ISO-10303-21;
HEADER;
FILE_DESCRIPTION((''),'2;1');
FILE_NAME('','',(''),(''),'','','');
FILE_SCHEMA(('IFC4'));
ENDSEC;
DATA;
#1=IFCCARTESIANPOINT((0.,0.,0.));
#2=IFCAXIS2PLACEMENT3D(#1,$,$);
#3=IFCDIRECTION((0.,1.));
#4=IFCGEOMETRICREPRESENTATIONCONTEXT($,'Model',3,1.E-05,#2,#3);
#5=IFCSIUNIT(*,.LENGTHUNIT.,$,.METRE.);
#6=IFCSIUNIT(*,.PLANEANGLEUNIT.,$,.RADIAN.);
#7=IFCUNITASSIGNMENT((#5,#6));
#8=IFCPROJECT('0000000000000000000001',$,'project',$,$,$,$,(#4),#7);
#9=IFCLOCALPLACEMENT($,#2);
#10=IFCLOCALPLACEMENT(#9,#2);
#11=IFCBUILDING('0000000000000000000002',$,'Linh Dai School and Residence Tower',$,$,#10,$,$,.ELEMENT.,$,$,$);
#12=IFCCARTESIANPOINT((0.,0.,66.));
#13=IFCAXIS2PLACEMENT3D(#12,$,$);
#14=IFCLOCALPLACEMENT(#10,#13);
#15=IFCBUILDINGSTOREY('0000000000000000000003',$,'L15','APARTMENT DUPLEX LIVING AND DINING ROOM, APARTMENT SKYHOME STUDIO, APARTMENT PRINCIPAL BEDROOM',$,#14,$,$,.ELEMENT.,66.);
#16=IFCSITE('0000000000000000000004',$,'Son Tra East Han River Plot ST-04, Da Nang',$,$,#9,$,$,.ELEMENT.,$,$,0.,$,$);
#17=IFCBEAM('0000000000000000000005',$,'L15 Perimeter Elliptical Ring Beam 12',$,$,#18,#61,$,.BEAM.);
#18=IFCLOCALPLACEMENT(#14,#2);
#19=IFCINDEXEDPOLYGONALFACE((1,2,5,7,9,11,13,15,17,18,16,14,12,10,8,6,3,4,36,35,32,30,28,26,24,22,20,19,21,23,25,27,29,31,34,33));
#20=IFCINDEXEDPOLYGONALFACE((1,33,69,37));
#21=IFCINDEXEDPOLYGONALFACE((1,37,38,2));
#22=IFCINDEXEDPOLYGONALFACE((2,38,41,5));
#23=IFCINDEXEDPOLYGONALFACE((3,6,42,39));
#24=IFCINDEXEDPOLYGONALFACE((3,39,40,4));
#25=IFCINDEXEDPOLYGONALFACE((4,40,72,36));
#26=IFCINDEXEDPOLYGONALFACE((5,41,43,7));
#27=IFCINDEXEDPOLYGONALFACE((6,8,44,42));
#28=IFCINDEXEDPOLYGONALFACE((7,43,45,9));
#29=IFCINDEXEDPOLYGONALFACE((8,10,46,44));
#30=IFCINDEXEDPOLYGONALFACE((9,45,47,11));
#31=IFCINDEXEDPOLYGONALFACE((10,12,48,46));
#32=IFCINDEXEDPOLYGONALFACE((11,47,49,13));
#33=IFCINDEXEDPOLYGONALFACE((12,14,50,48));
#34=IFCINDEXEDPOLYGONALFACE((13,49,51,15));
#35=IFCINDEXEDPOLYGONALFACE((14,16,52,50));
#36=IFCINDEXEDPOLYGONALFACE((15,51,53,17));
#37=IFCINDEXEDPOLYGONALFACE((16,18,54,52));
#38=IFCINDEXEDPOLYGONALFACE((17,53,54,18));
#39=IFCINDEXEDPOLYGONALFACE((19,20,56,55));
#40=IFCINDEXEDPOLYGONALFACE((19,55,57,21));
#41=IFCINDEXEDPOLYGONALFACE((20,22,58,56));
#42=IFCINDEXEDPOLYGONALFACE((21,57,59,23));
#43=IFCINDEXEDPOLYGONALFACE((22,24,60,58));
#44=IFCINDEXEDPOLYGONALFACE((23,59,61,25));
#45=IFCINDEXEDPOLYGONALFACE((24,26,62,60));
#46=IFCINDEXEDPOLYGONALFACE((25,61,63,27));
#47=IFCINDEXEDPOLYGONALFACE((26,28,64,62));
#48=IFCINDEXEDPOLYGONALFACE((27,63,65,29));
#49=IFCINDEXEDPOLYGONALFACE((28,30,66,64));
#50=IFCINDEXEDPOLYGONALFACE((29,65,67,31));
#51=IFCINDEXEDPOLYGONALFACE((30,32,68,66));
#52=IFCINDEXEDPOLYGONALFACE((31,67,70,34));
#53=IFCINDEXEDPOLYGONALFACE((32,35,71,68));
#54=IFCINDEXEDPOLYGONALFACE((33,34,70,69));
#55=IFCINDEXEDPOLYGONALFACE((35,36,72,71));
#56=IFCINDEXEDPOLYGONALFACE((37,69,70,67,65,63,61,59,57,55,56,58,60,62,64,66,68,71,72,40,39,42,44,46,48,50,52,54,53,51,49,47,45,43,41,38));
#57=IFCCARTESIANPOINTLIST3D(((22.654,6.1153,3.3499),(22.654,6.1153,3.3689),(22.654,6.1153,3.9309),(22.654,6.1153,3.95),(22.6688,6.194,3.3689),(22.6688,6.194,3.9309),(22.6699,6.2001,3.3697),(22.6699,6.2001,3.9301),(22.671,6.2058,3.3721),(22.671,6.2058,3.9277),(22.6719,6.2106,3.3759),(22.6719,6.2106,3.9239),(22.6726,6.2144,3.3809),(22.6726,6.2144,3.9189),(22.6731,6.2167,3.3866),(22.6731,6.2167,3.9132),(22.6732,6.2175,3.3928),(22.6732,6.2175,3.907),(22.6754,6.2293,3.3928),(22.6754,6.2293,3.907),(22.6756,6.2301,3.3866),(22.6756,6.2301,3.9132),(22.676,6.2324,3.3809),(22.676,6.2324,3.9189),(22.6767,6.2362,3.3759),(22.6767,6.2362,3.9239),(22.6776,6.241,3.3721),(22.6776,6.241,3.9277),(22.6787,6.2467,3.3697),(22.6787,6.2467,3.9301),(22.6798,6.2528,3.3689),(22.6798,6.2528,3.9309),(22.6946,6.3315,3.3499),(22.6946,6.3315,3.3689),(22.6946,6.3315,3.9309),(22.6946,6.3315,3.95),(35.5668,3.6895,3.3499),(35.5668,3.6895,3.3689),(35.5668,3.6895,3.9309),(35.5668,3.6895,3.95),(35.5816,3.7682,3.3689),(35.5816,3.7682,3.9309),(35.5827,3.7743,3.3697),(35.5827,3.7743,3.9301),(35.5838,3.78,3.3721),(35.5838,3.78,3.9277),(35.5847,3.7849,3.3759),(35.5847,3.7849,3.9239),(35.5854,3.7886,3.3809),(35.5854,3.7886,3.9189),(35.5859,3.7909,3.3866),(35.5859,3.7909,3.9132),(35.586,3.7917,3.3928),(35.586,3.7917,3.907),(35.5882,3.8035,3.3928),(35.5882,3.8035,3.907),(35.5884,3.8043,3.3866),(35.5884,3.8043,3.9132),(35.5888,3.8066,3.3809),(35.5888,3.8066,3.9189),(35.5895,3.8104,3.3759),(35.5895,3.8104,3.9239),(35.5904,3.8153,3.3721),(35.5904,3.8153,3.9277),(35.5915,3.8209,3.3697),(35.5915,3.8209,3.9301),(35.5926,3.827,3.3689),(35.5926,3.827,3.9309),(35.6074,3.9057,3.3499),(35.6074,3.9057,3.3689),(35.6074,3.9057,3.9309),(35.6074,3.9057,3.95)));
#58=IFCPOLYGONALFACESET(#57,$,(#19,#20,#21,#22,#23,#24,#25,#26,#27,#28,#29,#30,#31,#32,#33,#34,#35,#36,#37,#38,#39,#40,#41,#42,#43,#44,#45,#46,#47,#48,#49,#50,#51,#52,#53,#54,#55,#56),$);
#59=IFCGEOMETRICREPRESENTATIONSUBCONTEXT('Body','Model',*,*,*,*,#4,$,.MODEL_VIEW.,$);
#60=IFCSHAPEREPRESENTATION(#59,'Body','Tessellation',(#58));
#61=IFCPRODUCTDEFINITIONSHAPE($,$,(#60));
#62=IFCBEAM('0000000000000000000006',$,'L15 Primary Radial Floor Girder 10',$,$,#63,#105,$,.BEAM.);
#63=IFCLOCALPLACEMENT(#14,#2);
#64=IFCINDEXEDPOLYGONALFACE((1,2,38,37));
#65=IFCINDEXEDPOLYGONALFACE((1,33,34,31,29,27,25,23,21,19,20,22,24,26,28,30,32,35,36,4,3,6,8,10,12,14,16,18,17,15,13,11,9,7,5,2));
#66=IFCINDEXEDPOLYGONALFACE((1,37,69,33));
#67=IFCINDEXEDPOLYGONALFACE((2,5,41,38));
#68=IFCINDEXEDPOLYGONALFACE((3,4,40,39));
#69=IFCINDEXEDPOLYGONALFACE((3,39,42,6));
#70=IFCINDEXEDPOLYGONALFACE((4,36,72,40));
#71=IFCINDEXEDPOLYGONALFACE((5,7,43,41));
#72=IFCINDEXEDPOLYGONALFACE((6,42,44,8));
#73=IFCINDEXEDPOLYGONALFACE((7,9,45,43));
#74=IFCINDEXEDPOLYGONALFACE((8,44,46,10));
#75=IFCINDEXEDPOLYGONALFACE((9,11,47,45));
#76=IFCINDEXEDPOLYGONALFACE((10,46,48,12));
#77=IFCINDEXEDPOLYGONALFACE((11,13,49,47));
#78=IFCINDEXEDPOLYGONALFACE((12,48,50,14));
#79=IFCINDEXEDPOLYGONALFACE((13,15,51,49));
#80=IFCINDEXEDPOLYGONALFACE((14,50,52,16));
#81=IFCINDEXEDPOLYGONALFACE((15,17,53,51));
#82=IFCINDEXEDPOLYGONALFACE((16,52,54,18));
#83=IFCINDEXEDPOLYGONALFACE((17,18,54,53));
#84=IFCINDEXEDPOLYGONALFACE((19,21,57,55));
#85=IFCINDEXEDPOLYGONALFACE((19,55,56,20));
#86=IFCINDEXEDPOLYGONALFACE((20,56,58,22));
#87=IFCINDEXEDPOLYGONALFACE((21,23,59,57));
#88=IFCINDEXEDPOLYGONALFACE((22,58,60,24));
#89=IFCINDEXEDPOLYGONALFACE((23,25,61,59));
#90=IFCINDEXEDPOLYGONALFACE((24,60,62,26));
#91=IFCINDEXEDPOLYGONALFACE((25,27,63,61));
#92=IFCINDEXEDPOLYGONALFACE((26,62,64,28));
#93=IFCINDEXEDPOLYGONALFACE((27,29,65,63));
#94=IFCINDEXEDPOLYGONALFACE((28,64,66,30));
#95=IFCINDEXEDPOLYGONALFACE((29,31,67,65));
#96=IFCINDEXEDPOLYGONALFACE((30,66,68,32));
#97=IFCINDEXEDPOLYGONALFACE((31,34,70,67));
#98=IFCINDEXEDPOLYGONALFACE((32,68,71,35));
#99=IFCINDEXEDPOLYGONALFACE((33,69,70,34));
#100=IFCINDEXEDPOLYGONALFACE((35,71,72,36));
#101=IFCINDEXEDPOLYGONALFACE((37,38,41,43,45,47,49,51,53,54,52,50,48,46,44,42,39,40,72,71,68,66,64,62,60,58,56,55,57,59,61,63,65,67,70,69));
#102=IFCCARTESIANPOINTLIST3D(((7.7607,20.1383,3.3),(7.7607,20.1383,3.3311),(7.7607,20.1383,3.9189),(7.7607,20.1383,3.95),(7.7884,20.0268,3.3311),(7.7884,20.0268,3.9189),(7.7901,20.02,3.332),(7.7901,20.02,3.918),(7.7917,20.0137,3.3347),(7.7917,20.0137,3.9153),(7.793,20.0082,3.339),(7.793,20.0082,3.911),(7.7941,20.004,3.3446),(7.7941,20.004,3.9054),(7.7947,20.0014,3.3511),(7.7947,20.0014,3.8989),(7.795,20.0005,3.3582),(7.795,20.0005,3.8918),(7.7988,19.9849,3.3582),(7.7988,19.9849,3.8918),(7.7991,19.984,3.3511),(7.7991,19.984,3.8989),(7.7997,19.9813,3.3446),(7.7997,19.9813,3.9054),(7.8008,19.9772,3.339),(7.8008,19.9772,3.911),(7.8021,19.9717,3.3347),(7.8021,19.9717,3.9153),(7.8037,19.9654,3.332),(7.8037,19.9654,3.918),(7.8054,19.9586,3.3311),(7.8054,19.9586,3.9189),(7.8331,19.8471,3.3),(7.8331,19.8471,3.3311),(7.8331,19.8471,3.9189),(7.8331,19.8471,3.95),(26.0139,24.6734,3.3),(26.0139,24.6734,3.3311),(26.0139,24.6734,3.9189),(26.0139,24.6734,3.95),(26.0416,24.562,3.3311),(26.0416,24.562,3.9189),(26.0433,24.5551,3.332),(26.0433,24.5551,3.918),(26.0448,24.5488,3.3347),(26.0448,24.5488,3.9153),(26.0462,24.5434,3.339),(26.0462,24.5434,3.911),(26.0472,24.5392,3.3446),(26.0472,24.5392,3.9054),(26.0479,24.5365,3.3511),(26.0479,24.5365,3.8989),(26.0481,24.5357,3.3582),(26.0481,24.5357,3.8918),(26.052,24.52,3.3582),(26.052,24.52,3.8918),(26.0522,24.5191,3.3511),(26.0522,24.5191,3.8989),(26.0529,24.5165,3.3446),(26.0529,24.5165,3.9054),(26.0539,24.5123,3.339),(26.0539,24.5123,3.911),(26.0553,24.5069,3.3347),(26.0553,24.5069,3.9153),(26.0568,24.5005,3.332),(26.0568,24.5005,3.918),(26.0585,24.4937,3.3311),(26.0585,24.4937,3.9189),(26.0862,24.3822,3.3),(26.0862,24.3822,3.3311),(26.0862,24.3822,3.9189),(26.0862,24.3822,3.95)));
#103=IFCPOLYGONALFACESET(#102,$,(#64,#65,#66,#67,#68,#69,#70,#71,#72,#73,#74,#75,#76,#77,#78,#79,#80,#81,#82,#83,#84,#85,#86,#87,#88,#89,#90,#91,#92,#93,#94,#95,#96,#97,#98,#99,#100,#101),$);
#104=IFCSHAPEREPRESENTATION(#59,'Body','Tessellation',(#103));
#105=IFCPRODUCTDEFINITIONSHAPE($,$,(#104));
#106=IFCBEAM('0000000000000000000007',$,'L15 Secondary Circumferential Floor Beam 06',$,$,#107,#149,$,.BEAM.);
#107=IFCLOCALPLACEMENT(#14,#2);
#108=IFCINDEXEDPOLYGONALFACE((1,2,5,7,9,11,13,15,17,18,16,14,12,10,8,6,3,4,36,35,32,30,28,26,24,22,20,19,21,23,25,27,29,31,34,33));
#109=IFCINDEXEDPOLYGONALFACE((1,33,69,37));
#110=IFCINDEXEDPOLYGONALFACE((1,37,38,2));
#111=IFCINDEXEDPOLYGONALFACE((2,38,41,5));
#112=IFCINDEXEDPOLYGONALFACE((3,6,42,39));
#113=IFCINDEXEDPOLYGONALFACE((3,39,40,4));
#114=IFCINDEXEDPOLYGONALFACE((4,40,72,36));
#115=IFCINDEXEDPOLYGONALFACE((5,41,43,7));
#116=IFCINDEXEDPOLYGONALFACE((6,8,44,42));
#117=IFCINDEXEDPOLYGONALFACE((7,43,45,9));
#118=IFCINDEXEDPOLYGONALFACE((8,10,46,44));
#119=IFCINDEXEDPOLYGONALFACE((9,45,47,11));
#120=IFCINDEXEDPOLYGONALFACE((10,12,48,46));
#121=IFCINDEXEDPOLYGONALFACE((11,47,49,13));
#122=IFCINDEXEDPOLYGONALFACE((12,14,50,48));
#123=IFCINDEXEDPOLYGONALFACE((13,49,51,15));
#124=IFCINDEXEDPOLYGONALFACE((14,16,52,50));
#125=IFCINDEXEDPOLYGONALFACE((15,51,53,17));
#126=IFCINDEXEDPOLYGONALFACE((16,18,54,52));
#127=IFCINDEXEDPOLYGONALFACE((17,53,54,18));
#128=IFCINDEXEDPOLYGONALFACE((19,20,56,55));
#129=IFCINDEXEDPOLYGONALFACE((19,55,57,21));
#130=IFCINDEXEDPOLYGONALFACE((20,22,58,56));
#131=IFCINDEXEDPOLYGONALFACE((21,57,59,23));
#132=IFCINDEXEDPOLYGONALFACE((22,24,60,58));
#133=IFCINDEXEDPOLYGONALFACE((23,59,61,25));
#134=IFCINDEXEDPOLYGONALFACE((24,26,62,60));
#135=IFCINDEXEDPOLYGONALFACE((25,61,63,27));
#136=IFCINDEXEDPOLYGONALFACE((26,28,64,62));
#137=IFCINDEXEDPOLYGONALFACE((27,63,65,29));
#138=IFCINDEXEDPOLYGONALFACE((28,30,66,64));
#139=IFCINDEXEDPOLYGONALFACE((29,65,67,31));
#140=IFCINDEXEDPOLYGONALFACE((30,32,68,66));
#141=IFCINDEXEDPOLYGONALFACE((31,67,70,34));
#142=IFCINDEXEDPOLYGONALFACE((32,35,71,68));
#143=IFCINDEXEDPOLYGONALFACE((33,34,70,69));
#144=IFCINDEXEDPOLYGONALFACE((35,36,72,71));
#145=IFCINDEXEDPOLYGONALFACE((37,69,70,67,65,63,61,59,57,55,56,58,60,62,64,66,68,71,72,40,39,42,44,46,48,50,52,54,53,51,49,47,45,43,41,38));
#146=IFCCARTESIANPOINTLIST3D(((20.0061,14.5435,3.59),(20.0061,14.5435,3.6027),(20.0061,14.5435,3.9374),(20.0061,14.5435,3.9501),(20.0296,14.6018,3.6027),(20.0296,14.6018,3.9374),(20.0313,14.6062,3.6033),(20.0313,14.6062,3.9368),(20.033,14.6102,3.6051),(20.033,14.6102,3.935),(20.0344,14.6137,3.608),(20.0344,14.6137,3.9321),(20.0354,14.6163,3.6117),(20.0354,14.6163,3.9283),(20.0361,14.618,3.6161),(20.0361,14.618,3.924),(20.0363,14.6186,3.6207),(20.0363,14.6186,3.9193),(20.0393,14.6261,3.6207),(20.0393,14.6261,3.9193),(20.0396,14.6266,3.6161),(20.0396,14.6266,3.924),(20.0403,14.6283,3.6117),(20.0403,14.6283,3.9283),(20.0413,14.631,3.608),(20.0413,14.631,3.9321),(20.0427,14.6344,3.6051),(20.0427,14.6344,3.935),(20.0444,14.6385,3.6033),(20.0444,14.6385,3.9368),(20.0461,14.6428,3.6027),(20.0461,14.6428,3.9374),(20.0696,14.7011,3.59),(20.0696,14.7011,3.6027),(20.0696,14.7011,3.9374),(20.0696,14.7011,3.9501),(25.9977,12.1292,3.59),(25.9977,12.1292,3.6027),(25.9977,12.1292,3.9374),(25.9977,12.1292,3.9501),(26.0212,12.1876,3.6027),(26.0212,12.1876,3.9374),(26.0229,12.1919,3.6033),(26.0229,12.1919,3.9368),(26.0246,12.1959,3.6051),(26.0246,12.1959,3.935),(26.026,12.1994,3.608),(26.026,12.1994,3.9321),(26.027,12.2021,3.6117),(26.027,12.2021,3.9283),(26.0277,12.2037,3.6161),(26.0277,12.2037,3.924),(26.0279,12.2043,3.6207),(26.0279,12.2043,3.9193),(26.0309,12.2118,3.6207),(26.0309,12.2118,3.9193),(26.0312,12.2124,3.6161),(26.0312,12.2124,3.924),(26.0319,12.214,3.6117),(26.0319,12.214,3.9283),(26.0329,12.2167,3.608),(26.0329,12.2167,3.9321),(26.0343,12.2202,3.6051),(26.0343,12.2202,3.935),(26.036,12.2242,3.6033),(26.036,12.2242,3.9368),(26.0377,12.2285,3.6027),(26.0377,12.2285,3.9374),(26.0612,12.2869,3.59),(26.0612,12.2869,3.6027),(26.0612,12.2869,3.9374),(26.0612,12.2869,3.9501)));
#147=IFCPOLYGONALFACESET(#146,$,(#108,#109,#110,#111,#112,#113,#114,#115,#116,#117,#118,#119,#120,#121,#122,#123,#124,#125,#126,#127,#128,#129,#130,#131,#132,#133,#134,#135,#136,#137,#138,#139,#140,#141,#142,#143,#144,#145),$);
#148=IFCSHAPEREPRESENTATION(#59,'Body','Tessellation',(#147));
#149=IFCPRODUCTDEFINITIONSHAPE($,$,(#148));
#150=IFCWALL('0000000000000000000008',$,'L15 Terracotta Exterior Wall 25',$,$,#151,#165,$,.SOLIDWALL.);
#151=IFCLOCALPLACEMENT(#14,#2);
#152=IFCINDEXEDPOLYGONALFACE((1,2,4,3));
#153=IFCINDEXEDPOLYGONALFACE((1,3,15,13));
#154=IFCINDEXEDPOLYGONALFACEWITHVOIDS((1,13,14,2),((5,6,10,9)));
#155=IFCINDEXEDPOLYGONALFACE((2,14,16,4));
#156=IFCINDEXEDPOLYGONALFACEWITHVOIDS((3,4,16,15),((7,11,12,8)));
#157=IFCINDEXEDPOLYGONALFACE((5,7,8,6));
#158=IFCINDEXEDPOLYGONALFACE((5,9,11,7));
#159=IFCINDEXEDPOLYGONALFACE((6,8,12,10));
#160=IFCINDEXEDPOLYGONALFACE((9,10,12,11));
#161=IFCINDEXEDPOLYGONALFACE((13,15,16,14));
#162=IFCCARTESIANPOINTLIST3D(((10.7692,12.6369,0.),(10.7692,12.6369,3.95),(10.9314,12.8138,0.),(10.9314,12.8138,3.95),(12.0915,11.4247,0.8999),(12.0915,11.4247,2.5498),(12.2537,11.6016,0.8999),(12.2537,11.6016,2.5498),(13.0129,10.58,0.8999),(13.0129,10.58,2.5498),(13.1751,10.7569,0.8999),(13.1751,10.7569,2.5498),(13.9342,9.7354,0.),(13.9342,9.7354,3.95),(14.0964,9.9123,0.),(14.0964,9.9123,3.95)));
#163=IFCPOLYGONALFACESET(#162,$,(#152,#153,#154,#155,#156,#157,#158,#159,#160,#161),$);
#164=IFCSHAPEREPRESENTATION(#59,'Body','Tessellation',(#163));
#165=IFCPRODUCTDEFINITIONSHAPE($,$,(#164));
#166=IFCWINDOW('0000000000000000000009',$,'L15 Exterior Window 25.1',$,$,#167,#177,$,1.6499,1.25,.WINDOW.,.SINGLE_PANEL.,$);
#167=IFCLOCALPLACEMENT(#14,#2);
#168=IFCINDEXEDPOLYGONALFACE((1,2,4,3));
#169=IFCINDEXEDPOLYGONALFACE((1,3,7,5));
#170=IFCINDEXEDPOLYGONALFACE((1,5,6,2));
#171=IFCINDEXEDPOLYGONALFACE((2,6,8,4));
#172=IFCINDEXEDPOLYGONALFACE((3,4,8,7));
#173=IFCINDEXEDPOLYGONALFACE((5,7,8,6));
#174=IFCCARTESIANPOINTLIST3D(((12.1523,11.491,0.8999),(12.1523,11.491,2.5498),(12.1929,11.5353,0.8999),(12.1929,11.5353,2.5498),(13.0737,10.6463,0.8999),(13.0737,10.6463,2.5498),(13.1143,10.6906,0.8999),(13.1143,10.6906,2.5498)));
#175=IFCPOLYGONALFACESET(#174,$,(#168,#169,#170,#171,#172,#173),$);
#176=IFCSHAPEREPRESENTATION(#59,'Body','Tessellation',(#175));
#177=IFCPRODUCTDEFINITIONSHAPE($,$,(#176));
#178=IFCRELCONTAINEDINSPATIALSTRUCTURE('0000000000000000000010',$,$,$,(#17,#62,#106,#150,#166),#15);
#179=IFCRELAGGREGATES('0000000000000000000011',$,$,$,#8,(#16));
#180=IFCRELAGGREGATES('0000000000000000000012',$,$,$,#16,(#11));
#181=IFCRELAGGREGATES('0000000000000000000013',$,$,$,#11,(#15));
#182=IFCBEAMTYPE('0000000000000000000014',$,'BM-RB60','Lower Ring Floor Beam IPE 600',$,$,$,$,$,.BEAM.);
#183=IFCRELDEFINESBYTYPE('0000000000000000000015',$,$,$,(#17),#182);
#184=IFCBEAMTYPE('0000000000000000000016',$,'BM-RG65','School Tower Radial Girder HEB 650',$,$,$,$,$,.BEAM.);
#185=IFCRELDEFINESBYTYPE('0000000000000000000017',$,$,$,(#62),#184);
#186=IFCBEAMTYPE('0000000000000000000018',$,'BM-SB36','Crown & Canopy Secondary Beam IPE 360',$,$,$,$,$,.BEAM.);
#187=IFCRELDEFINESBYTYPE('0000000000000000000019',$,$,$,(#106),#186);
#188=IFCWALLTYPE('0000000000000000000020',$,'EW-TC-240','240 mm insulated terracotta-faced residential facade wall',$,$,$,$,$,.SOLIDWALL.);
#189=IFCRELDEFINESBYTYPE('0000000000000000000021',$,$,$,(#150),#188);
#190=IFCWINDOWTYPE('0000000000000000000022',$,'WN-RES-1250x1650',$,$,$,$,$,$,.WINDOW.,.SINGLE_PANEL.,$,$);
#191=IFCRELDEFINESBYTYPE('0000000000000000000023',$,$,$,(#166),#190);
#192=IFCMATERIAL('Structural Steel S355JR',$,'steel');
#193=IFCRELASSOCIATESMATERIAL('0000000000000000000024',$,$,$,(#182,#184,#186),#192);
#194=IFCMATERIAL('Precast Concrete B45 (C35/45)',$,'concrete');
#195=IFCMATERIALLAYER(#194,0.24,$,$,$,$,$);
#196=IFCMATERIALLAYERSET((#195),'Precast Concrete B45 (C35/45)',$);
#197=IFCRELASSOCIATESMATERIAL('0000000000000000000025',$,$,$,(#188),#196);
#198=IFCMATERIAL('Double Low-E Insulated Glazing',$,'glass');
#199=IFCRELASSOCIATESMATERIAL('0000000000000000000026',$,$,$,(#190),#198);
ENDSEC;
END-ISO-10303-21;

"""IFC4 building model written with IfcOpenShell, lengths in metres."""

from ifc_helpers import new_model, si_unit, direction, frame, frame_2d, origin, origin_2d, place, context, subcontext, project, spatial, rectangle, i_section, extrude, source, transform, mapped, material, layer, layer_set, material_profile, profile_set, type_object, element, fill, save


model = new_model("IFC4")

# Units and contexts
model_context = context("Model", 3, precision=1e-05, world=origin(), true_north=direction((0.0, 1.0)))
body_context = subcontext(model_context, "Body", "Model", "MODEL_VIEW")
ifc_project = project(units=[si_unit("LENGTHUNIT", "METRE"), si_unit("PLANEANGLEUNIT", "RADIAN")], contexts=[model_context])

# Site, building, storey
site_placement = place(None, origin())
site = spatial("IfcSite", under=ifc_project, at=site_placement, Name="Son Tra East Han River Plot ST-04, Da Nang", CompositionType="ELEMENT", RefElevation=0.0)
building_placement = place(site_placement, origin())
building = spatial("IfcBuilding", under=site, at=building_placement, Name="Linh Dai School and Residence Tower", CompositionType="ELEMENT")
storey_placement = place(building_placement, frame((0.0, 0.0, 66.0)))
storey = spatial("IfcBuildingStorey", under=building, at=storey_placement, Name="L15", Description="APARTMENT DUPLEX LIVING AND DINING ROOM, APARTMENT SKYHOME STUDIO, APARTMENT PRINCIPAL BEDROOM", CompositionType="ELEMENT", Elevation=66.0)

# Shared definitions
ifc_material_1 = material(Name="Structural Steel S355JR", Category="steel")

# Beams
ifc_material_profile_1 = material_profile(ifc_material_1, i_section(OverallWidth=0.22, OverallDepth=0.6001, WebThickness=0.012, FlangeThickness=0.019, FilletRadius=0.0239, at=origin_2d()), Name="IPE 600")
ifc_profile_set_1 = profile_set([ifc_material_profile_1], Name="Structural Steel S355JR")
beam_type_1 = type_object("IfcBeamType", Name="BM-RB60", Description="Lower Ring Floor Beam IPE 600", PredefinedType="BEAM", material=ifc_profile_set_1)
beam_1_placement = place(storey_placement, frame((22.6743, 6.2234, 3.6499), z_axis=(0.982808, -0.184628, 0.0), x_axis=(0.184628, 0.982808, 0.0)))
element("IfcBeam", 1, at=beam_1_placement, inside=storey, type_object=beam_type_1, Name="L15 Perimeter Elliptical Ring Beam 12", PredefinedType="BEAM", context=body_context, shape_type="SweptSolid", body=[
    extrude(i_section(OverallWidth=0.22, OverallDepth=0.6001, WebThickness=0.012, FlangeThickness=0.019, FilletRadius=0.0239, at=origin_2d()), origin(), (0.0, 0.0, 1.0), 13.1387),
])
ifc_material_profile_2 = material_profile(ifc_material_1, i_section(OverallWidth=0.3, OverallDepth=0.6499, WebThickness=0.0161, FlangeThickness=0.031, FilletRadius=0.0271, at=origin_2d()), Name="HEB 650")
ifc_profile_set_2 = profile_set([ifc_material_profile_2], Name="Structural Steel S355JR")
beam_type_2 = type_object("IfcBeamType", Name="BM-RG65", Description="School Tower Radial Girder HEB 650", PredefinedType="BEAM", material=ifc_profile_set_2)
beam_2_placement = place(storey_placement, frame((26.05, 24.5278, 3.625), z_axis=(-0.970493, -0.241127, 0.0), x_axis=(0.241127, -0.970493, 0.0)))
element("IfcBeam", 2, at=beam_2_placement, inside=storey, type_object=beam_type_2, Name="L15 Primary Radial Floor Girder 10", PredefinedType="BEAM", context=body_context, shape_type="SweptSolid", body=[
    extrude(i_section(OverallWidth=0.3, OverallDepth=0.6499, WebThickness=0.0161, FlangeThickness=0.031, FilletRadius=0.0271, at=origin_2d()), origin(), (0.0, 0.0, 1.0), 18.8081),
])
ifc_material_profile_3 = material_profile(ifc_material_1, i_section(OverallWidth=0.1699, OverallDepth=0.3601, WebThickness=0.0081, FlangeThickness=0.0127, FilletRadius=0.0181, at=origin_2d()), Name="IPE 360")
ifc_profile_set_3 = profile_set([ifc_material_profile_3], Name="Structural Steel S355JR")
beam_type_3 = type_object("IfcBeamType", Name="BM-SB36", Description="Crown & Canopy Secondary Beam IPE 360", PredefinedType="BEAM", material=ifc_profile_set_3)
beam_3_placement = place(storey_placement, frame((20.0378, 14.6223, 3.77), z_axis=(0.927533, -0.373742, 0.0), x_axis=(0.373742, 0.927533, 0.0)))
element("IfcBeam", 3, at=beam_3_placement, inside=storey, type_object=beam_type_3, Name="L15 Secondary Circumferential Floor Beam 06", PredefinedType="BEAM", context=body_context, shape_type="SweptSolid", body=[
    extrude(i_section(OverallWidth=0.1699, OverallDepth=0.3601, WebThickness=0.0081, FlangeThickness=0.0127, FilletRadius=0.0181, at=origin_2d()), origin(), (0.0, 0.0, 1.0), 6.4597),
])

# Wall, opening, window
ifc_material_2 = material(Name="Precast Concrete B45 (C35/45)", Category="concrete")
ifc_layer_1 = layer(ifc_material_2, 0.24)
ifc_layer_set_1 = layer_set([ifc_layer_1], Name="Precast Concrete B45 (C35/45)")
wall_type_1 = type_object("IfcWallType", Name="EW-TC-240", Description="240 mm insulated terracotta-faced residential facade wall", PredefinedType="SOLIDWALL", material=ifc_layer_set_1)
wall_1_placement = place(storey_placement, frame((14.0154, 9.8237, 0.0), z_axis=(0.0, 0.0, 1.0), x_axis=(-0.737116, 0.675766, 0.0)))
wall_1 = element("IfcWall", 4, at=wall_1_placement, inside=storey, type_object=wall_type_1, Name="L15 Terracotta Exterior Wall 25", PredefinedType="SOLIDWALL", context=body_context, shape_type="SweptSolid", body=[
    extrude(rectangle(XDim=4.2937, YDim=0.24, at=frame_2d((2.147, 0.0))), origin(), (0.0, 0.0, 1.0), 3.95),
])
opening_1_placement = place(wall_1_placement, frame((1.25, 0.0, 0.8999)))
opening_1 = element("IfcOpeningElement", 5, at=opening_1_placement, cuts=wall_1, PredefinedType="OPENING", context=body_context, shape_type="SweptSolid", body=[
    extrude(rectangle(XDim=1.25, YDim=1.6499, at=origin_2d()), frame((0.625, 0.1299, 0.825), z_axis=(0.0, -1.0, 0.0), x_axis=(1.0, 0.0, 0.0)), (0.0, 0.0, 1.0), 0.26),
])
ifc_material_3 = material(Name="Double Low-E Insulated Glazing", Category="glass")
window_type_1 = type_object("IfcWindowType", Name="WN-RES-1250x1650", PartitioningType="SINGLE_PANEL", PredefinedType="WINDOW", material=ifc_material_3)
shared_shape_1 = source(origin(), body_context, "Body", "SweptSolid", [
    extrude(rectangle(XDim=1.25, YDim=1.6499, at=origin_2d()), frame((0.625, 0.03, 0.825), z_axis=(0.0, -1.0, 0.0), x_axis=(1.0, 0.0, 0.0)), (0.0, 0.0, 1.0), 0.0601),
])
window_1_placement = place(opening_1_placement, origin())
window_1 = element("IfcWindow", 6, at=window_1_placement, inside=storey, type_object=window_type_1, Name="L15 Exterior Window 25.1", OverallHeight=1.6499, OverallWidth=1.25, PartitioningType="SINGLE_PANEL", PredefinedType="WINDOW", context=body_context, shape_type="MappedRepresentation", body=[
    mapped(shared_shape_1, transform((0.0, 0.0, 0.0), x_axis=(1.0, 0.0, 0.0), y_axis=(0.0, 1.0, 0.0), z_axis=(0.0, 0.0, 1.0), scale=1.0)),
])
fill(opening_1, window_1)

save(model, "model.ifc")
